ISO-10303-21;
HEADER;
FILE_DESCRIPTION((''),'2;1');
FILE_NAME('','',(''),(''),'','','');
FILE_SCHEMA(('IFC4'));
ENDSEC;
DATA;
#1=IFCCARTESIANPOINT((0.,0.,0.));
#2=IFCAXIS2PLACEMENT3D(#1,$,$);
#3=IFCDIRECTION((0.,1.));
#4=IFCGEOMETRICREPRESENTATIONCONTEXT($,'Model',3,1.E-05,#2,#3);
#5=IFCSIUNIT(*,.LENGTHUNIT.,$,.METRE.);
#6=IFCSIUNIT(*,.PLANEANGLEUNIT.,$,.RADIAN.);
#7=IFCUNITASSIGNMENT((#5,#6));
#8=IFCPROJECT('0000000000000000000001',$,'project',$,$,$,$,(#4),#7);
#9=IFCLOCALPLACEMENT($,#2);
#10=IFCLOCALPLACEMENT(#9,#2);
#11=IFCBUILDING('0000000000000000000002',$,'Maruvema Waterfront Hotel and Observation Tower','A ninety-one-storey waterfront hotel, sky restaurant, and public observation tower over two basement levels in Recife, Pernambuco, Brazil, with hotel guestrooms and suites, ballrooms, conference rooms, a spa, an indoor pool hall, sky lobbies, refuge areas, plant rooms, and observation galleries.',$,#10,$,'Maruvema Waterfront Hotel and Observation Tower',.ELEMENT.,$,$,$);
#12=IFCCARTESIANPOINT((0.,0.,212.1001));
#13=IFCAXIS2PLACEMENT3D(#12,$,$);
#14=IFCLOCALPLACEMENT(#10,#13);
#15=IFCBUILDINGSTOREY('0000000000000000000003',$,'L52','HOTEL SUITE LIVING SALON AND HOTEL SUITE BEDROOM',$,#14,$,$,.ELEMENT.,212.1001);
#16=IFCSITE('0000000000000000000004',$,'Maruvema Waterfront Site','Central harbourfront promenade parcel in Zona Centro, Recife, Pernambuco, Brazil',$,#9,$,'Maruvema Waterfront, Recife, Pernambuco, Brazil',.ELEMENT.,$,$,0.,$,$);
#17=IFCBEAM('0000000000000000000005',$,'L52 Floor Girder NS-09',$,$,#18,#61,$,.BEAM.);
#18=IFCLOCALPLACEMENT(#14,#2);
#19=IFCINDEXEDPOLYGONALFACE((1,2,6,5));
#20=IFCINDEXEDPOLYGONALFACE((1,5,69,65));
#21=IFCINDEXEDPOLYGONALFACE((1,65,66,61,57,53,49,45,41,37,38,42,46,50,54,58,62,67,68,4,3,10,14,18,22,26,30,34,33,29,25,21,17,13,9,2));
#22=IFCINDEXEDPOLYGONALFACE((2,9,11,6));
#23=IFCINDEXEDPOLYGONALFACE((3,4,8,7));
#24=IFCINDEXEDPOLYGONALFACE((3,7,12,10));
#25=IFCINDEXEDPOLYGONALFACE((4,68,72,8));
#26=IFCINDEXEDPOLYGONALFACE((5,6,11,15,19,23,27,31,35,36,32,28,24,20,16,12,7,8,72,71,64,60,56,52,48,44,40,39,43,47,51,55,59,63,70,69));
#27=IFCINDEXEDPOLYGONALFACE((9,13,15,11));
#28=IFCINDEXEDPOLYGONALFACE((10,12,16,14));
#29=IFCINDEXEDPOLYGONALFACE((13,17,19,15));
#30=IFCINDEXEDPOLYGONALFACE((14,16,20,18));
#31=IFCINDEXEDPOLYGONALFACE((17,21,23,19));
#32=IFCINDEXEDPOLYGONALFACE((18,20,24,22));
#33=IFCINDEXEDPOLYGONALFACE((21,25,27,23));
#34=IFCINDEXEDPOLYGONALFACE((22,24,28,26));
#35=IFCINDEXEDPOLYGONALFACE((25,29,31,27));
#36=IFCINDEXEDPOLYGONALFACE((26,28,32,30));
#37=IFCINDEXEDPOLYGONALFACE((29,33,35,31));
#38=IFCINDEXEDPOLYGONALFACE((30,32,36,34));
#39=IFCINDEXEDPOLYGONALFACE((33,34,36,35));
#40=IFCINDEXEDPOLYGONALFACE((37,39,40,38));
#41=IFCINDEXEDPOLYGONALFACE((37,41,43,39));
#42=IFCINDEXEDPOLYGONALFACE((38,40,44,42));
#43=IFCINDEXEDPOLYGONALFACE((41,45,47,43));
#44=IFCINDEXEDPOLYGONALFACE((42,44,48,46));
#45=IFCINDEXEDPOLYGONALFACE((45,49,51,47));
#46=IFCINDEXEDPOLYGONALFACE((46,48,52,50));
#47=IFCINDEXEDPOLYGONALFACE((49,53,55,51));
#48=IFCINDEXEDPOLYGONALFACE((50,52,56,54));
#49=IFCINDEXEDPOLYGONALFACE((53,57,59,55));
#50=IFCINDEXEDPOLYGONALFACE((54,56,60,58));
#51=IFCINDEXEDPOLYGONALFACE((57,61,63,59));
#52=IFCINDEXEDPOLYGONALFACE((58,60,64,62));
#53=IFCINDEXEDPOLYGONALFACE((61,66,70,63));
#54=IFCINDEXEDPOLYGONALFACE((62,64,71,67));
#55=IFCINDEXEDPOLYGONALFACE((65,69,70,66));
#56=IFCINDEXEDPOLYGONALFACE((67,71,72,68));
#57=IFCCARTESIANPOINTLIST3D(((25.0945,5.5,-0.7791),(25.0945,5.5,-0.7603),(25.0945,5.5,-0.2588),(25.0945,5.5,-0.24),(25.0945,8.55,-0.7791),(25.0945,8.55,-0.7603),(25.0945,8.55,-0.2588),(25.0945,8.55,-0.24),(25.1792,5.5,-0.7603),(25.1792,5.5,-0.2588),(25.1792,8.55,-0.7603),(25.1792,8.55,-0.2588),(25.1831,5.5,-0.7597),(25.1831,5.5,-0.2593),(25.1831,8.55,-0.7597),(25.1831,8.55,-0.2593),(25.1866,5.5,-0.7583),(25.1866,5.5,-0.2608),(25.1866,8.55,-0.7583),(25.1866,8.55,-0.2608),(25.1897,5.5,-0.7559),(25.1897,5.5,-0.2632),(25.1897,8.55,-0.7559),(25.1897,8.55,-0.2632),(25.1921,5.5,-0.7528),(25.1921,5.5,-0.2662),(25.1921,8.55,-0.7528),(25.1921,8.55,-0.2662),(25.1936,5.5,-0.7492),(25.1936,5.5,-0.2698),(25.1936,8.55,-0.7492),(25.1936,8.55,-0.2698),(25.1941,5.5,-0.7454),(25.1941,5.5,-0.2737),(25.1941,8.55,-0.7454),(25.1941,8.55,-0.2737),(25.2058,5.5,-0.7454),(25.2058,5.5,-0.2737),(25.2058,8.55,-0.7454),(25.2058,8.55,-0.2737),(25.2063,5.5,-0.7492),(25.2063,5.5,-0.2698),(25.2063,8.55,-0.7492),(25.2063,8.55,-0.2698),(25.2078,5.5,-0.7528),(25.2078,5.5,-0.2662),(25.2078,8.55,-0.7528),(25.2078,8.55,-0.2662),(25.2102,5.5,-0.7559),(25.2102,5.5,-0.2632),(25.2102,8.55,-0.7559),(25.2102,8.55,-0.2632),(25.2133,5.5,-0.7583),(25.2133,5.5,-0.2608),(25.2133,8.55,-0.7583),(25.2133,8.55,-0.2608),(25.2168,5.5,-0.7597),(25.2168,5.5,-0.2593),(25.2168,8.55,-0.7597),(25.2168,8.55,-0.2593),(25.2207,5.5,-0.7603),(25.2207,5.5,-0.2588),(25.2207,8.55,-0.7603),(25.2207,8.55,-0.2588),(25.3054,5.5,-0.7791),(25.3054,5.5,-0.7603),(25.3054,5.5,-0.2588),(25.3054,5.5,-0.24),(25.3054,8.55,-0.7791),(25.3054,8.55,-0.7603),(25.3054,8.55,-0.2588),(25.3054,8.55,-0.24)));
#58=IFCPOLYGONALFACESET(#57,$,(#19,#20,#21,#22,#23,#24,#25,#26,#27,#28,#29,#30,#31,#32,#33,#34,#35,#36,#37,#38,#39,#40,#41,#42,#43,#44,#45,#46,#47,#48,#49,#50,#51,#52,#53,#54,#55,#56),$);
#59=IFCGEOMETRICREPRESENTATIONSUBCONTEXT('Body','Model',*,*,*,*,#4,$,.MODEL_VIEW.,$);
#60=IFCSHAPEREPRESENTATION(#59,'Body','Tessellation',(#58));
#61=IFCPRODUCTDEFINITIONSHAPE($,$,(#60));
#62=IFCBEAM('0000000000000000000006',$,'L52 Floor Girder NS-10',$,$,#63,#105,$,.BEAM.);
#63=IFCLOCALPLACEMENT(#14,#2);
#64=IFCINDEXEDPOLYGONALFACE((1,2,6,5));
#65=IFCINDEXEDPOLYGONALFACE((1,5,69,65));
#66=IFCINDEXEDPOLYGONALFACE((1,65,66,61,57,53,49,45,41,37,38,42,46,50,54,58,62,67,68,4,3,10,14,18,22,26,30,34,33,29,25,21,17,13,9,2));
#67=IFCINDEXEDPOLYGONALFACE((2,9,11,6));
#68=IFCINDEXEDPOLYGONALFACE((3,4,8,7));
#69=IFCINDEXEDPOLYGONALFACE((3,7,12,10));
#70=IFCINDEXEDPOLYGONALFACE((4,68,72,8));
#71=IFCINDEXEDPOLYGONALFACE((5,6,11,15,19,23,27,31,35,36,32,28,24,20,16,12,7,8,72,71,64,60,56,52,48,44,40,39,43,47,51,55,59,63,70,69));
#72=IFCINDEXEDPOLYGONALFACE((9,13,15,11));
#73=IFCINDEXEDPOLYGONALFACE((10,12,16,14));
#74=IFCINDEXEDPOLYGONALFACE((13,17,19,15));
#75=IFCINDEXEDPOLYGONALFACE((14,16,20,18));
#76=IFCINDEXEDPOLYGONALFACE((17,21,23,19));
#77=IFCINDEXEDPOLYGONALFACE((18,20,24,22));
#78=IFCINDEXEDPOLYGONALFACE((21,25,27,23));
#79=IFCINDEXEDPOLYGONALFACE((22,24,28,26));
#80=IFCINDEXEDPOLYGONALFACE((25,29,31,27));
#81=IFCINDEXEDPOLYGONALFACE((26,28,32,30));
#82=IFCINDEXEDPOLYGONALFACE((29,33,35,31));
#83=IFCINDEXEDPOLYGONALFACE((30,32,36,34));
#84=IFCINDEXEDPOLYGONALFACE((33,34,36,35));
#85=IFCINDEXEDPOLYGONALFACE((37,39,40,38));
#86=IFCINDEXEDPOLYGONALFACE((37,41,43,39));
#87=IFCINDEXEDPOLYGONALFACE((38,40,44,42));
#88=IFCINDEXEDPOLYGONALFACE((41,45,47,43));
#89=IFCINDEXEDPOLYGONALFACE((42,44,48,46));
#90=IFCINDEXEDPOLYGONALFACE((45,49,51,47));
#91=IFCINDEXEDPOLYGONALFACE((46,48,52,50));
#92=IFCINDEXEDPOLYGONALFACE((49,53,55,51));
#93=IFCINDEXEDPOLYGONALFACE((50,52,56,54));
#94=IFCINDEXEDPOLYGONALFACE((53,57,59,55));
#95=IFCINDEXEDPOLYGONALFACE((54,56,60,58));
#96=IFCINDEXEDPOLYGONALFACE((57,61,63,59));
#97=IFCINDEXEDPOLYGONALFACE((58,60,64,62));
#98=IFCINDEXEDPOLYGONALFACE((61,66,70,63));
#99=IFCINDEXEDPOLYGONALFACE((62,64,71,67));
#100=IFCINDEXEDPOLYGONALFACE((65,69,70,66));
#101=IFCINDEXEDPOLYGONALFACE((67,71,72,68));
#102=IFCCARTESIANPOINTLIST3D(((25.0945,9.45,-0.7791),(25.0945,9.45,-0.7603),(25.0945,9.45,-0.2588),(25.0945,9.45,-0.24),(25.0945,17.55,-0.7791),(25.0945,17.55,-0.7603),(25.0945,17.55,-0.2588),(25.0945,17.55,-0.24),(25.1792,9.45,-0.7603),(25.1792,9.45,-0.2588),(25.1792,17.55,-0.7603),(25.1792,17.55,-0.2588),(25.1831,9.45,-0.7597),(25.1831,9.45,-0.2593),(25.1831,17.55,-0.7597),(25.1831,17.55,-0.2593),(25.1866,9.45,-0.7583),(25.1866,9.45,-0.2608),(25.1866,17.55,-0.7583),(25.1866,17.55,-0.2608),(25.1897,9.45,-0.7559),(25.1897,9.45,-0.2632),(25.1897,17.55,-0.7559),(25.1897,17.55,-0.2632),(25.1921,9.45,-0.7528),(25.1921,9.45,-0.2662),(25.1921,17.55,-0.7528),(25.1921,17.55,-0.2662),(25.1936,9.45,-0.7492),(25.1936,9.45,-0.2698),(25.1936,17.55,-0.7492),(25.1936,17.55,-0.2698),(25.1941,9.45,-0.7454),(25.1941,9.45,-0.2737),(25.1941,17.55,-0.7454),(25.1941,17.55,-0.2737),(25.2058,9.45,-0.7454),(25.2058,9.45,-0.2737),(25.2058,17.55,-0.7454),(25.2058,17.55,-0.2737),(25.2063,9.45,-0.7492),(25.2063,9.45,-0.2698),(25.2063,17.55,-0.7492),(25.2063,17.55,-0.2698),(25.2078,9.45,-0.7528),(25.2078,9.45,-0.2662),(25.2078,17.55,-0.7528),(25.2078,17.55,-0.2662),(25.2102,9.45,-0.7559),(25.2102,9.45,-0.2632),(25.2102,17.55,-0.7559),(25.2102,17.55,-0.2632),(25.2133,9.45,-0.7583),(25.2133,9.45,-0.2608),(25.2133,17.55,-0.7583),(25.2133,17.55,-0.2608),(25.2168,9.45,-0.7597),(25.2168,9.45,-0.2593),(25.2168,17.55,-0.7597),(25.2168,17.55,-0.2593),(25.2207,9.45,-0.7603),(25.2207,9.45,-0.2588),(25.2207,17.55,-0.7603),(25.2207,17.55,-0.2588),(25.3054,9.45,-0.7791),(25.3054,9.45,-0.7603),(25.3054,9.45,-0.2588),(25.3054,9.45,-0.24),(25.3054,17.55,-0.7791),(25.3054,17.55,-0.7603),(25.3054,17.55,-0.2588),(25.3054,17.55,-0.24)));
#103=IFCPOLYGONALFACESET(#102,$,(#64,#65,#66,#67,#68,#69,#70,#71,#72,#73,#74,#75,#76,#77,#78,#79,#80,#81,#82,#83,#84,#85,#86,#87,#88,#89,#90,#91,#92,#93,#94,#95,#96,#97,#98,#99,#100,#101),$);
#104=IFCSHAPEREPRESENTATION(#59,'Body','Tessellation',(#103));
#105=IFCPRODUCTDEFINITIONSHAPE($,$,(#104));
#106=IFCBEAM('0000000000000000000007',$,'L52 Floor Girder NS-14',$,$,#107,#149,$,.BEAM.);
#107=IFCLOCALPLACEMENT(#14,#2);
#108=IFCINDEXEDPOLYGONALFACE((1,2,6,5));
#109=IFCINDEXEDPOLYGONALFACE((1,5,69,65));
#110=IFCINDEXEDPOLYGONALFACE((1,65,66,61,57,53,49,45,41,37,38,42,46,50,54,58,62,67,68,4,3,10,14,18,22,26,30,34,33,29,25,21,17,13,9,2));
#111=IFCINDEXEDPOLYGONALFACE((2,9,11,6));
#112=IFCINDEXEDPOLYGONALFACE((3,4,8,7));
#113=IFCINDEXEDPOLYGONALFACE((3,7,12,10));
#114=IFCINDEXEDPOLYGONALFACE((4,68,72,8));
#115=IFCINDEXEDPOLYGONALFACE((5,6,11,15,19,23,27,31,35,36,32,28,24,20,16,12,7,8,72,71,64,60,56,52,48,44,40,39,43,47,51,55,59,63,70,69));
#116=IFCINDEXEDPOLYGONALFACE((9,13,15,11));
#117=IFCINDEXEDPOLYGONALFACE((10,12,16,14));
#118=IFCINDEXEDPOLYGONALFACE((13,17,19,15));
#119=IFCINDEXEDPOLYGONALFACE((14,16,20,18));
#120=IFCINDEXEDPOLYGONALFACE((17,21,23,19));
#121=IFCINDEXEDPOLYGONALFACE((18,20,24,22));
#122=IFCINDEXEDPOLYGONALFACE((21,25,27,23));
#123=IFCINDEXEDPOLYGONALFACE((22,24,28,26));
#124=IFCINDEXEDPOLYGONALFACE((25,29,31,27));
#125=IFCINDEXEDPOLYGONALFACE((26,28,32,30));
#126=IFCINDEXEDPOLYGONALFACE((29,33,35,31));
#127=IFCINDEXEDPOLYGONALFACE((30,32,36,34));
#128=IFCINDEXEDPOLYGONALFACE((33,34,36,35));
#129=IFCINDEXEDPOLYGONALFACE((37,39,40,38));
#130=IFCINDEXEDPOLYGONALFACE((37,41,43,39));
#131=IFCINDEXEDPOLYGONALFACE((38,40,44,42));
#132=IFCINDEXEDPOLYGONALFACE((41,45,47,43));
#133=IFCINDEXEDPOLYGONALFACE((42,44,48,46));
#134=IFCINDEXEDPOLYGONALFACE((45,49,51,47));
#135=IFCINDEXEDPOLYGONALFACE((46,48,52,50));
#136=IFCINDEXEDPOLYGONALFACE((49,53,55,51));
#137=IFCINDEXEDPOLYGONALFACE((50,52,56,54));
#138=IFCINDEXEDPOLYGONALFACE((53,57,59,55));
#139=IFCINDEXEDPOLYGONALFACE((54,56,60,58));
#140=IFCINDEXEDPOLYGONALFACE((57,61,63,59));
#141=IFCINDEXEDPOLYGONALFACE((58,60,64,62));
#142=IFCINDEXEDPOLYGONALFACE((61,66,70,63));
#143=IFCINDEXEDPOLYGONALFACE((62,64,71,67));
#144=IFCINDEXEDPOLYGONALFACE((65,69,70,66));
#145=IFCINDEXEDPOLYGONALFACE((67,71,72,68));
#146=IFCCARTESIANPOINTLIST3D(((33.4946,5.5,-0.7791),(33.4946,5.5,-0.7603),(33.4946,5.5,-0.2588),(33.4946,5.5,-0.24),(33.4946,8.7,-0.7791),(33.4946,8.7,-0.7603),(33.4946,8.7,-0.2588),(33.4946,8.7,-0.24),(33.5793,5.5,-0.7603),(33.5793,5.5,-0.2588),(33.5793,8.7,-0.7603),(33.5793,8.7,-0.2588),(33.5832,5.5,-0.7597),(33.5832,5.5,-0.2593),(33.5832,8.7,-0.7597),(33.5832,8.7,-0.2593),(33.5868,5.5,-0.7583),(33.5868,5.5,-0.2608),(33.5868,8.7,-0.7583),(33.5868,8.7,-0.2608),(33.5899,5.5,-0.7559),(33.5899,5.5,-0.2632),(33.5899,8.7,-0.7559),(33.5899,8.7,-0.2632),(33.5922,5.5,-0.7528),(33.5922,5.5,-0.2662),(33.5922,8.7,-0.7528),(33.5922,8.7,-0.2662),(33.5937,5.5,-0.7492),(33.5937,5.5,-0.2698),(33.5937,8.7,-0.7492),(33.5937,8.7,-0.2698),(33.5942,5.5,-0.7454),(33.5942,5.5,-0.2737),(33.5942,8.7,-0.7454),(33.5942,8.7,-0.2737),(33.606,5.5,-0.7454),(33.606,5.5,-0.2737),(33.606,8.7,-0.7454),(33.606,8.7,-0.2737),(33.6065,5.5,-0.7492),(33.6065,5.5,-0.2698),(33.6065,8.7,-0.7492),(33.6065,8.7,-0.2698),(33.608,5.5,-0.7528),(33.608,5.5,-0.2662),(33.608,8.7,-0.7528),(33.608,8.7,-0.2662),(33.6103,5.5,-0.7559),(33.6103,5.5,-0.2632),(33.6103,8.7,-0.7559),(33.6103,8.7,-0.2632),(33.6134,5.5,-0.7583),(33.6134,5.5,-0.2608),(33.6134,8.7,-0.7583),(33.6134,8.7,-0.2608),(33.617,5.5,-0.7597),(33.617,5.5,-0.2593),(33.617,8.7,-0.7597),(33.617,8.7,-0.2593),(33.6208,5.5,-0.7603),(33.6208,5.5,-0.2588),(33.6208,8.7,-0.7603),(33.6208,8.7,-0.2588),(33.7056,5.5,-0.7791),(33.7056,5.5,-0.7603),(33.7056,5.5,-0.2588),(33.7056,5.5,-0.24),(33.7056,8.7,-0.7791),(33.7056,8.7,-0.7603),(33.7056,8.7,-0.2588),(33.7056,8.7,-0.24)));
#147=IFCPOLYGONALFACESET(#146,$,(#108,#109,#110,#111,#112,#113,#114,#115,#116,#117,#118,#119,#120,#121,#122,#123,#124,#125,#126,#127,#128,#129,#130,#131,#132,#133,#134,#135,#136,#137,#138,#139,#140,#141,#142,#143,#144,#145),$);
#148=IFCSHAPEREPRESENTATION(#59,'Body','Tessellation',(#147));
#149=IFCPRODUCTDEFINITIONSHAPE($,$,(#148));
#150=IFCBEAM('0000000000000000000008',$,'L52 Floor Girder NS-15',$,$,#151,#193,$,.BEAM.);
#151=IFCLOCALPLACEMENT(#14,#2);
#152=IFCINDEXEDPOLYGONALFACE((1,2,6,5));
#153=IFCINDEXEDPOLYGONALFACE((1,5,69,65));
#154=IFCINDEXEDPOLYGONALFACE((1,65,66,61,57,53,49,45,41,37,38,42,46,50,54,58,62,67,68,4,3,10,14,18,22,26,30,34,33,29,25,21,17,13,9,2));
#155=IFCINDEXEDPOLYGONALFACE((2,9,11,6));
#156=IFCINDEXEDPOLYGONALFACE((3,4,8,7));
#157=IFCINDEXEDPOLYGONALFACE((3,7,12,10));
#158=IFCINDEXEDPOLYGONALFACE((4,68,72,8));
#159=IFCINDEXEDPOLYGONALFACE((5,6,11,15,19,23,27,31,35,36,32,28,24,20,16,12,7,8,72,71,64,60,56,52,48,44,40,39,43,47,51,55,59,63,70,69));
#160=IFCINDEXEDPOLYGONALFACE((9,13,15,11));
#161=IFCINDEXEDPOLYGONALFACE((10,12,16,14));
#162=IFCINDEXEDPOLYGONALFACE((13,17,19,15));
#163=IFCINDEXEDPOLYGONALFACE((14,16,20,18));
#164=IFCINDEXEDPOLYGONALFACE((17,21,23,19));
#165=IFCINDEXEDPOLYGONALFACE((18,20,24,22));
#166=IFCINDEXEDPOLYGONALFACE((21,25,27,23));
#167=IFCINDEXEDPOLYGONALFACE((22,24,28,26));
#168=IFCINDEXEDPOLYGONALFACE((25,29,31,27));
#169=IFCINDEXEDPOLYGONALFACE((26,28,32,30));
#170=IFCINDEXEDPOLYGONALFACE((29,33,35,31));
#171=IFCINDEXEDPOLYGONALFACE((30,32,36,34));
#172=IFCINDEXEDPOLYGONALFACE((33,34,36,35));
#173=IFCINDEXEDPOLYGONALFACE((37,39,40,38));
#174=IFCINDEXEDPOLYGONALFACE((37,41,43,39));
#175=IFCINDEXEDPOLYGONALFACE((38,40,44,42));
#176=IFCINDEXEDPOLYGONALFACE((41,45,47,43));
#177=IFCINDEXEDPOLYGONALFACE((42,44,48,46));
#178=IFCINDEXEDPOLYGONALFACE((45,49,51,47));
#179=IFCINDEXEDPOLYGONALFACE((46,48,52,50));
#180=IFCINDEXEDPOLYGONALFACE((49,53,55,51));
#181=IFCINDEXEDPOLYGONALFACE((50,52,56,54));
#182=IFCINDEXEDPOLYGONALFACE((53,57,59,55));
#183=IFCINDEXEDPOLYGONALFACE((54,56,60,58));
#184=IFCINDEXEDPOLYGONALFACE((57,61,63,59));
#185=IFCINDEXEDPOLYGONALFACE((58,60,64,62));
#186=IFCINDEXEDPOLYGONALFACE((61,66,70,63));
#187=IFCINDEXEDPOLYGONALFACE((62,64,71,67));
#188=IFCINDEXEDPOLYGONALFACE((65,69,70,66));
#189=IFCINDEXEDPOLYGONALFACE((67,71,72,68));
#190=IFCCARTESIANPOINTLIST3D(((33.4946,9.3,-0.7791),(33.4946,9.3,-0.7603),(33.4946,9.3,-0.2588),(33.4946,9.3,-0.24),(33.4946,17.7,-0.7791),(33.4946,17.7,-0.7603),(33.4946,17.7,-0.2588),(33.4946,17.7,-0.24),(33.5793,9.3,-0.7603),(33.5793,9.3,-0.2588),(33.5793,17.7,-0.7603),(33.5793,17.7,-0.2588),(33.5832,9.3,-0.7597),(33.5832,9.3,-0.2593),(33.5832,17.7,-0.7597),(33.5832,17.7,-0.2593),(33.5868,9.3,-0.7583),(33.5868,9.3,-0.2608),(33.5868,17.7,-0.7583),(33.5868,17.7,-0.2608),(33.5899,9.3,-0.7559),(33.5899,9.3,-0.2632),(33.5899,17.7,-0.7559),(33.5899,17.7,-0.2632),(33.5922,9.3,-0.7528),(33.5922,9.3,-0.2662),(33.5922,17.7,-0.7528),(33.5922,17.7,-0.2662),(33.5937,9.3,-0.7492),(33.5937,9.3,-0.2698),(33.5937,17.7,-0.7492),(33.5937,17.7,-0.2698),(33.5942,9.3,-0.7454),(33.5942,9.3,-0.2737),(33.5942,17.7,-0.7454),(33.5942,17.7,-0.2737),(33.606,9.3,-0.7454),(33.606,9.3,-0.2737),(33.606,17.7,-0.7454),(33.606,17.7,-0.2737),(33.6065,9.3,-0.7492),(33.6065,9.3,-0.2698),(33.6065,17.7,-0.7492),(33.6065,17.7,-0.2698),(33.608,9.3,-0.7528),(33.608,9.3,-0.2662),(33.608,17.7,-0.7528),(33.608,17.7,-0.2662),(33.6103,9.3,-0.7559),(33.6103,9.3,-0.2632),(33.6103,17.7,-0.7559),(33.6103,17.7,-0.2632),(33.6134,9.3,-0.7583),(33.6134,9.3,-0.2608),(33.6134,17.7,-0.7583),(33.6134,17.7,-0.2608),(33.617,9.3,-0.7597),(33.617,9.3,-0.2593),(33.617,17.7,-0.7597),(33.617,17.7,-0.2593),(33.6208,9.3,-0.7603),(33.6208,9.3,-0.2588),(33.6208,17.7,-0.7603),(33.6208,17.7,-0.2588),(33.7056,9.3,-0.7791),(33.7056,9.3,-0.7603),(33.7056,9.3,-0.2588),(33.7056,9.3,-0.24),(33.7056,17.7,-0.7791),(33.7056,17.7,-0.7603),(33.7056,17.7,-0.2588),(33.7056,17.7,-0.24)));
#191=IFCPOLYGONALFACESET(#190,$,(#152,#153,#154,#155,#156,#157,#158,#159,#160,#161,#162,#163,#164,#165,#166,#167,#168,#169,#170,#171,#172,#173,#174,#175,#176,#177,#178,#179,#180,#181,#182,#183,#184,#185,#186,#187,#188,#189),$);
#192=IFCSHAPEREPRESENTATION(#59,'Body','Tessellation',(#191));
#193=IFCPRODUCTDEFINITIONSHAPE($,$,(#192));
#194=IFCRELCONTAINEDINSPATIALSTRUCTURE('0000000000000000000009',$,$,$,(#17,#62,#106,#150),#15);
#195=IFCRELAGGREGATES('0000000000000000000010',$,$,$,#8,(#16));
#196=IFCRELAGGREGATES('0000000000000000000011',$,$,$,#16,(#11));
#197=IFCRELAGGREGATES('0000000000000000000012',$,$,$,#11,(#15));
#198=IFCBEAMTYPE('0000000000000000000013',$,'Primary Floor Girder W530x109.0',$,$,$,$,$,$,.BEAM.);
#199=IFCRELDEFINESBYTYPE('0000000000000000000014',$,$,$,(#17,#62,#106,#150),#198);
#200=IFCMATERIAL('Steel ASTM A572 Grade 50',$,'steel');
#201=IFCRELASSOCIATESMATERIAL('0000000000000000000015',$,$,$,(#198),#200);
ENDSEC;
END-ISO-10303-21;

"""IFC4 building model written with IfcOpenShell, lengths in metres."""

from ifc_helpers import new_model, si_unit, direction, frame, origin, origin_2d, place, context, subcontext, project, spatial, i_section, extrude, material, material_profile, profile_set, type_object, element, save


model = new_model("IFC4")

# Units and contexts
model_context = context("Model", 3, precision=1e-05, world=origin(), true_north=direction((0.0, 1.0)))
body_context = subcontext(model_context, "Body", "Model", "MODEL_VIEW")
ifc_project = project(units=[si_unit("LENGTHUNIT", "METRE"), si_unit("PLANEANGLEUNIT", "RADIAN")], contexts=[model_context])

# Site, building, storey
site_placement = place(None, origin())
site = spatial("IfcSite", under=ifc_project, at=site_placement, Name="Maruvema Waterfront Site", Description="Central harbourfront promenade parcel in Zona Centro, Recife, Pernambuco, Brazil", LongName="Maruvema Waterfront, Recife, Pernambuco, Brazil", CompositionType="ELEMENT", RefElevation=0.0)
building_placement = place(site_placement, origin())
building = spatial("IfcBuilding", under=site, at=building_placement, Name="Maruvema Waterfront Hotel and Observation Tower", Description="A ninety-one-storey waterfront hotel, sky restaurant, and public observation tower over two basement levels in Recife, Pernambuco, Brazil, with hotel guestrooms and suites, ballrooms, conference rooms, a spa, an indoor pool hall, sky lobbies, refuge areas, plant rooms, and observation galleries.", LongName="Maruvema Waterfront Hotel and Observation Tower", CompositionType="ELEMENT")
storey_placement = place(building_placement, frame((0.0, 0.0, 212.1001)))
storey = spatial("IfcBuildingStorey", under=building, at=storey_placement, Name="L52", Description="HOTEL SUITE LIVING SALON AND HOTEL SUITE BEDROOM", CompositionType="ELEMENT", Elevation=212.1001)

# Beams
ifc_material_1 = material(Name="Steel ASTM A572 Grade 50", Category="steel")
ifc_material_profile_1 = material_profile(ifc_material_1, i_section(OverallWidth=0.2109, OverallDepth=0.5391, WebThickness=0.0117, FlangeThickness=0.0188, FilletRadius=0.0149, at=origin_2d()), Name="W530x109.0")
ifc_profile_set_1 = profile_set([ifc_material_profile_1], Name="Steel ASTM A572 Grade 50")
beam_type_1 = type_object("IfcBeamType", Name="Primary Floor Girder W530x109.0", PredefinedType="BEAM", material=ifc_profile_set_1)
beam_1_placement = place(storey_placement, frame((25.2, 5.5, -0.5095), z_axis=(0.0, 1.0, 0.0), x_axis=(-1.0, 0.0, 0.0)))
element("IfcBeam", 1, at=beam_1_placement, inside=storey, type_object=beam_type_1, Name="L52 Floor Girder NS-09", PredefinedType="BEAM", context=body_context, shape_type="SweptSolid", body=[
    extrude(i_section(OverallWidth=0.2109, OverallDepth=0.5391, WebThickness=0.0117, FlangeThickness=0.0188, FilletRadius=0.0149, at=origin_2d()), origin(), (0.0, 0.0, 1.0), 3.05),
])
beam_2_placement = place(storey_placement, frame((25.2, 9.45, -0.5095), z_axis=(0.0, 1.0, 0.0), x_axis=(-1.0, 0.0, 0.0)))
element("IfcBeam", 2, at=beam_2_placement, inside=storey, type_object=beam_type_1, Name="L52 Floor Girder NS-10", PredefinedType="BEAM", context=body_context, shape_type="SweptSolid", body=[
    extrude(i_section(OverallWidth=0.2109, OverallDepth=0.5391, WebThickness=0.0117, FlangeThickness=0.0188, FilletRadius=0.0149, at=origin_2d()), origin(), (0.0, 0.0, 1.0), 8.1001),
])
beam_3_placement = place(storey_placement, frame((33.6001, 5.5, -0.5095), z_axis=(0.0, 1.0, 0.0), x_axis=(-1.0, 0.0, 0.0)))
element("IfcBeam", 3, at=beam_3_placement, inside=storey, type_object=beam_type_1, Name="L52 Floor Girder NS-14", PredefinedType="BEAM", context=body_context, shape_type="SweptSolid", body=[
    extrude(i_section(OverallWidth=0.2109, OverallDepth=0.5391, WebThickness=0.0117, FlangeThickness=0.0188, FilletRadius=0.0149, at=origin_2d()), origin(), (0.0, 0.0, 1.0), 3.2),
])
beam_4_placement = place(storey_placement, frame((33.6001, 9.3, -0.5095), z_axis=(0.0, 1.0, 0.0), x_axis=(-1.0, 0.0, 0.0)))
element("IfcBeam", 4, at=beam_4_placement, inside=storey, type_object=beam_type_1, Name="L52 Floor Girder NS-15", PredefinedType="BEAM", context=body_context, shape_type="SweptSolid", body=[
    extrude(i_section(OverallWidth=0.2109, OverallDepth=0.5391, WebThickness=0.0117, FlangeThickness=0.0188, FilletRadius=0.0149, at=origin_2d()), origin(), (0.0, 0.0, 1.0), 8.3999),
])

save(model, "model.ifc")
